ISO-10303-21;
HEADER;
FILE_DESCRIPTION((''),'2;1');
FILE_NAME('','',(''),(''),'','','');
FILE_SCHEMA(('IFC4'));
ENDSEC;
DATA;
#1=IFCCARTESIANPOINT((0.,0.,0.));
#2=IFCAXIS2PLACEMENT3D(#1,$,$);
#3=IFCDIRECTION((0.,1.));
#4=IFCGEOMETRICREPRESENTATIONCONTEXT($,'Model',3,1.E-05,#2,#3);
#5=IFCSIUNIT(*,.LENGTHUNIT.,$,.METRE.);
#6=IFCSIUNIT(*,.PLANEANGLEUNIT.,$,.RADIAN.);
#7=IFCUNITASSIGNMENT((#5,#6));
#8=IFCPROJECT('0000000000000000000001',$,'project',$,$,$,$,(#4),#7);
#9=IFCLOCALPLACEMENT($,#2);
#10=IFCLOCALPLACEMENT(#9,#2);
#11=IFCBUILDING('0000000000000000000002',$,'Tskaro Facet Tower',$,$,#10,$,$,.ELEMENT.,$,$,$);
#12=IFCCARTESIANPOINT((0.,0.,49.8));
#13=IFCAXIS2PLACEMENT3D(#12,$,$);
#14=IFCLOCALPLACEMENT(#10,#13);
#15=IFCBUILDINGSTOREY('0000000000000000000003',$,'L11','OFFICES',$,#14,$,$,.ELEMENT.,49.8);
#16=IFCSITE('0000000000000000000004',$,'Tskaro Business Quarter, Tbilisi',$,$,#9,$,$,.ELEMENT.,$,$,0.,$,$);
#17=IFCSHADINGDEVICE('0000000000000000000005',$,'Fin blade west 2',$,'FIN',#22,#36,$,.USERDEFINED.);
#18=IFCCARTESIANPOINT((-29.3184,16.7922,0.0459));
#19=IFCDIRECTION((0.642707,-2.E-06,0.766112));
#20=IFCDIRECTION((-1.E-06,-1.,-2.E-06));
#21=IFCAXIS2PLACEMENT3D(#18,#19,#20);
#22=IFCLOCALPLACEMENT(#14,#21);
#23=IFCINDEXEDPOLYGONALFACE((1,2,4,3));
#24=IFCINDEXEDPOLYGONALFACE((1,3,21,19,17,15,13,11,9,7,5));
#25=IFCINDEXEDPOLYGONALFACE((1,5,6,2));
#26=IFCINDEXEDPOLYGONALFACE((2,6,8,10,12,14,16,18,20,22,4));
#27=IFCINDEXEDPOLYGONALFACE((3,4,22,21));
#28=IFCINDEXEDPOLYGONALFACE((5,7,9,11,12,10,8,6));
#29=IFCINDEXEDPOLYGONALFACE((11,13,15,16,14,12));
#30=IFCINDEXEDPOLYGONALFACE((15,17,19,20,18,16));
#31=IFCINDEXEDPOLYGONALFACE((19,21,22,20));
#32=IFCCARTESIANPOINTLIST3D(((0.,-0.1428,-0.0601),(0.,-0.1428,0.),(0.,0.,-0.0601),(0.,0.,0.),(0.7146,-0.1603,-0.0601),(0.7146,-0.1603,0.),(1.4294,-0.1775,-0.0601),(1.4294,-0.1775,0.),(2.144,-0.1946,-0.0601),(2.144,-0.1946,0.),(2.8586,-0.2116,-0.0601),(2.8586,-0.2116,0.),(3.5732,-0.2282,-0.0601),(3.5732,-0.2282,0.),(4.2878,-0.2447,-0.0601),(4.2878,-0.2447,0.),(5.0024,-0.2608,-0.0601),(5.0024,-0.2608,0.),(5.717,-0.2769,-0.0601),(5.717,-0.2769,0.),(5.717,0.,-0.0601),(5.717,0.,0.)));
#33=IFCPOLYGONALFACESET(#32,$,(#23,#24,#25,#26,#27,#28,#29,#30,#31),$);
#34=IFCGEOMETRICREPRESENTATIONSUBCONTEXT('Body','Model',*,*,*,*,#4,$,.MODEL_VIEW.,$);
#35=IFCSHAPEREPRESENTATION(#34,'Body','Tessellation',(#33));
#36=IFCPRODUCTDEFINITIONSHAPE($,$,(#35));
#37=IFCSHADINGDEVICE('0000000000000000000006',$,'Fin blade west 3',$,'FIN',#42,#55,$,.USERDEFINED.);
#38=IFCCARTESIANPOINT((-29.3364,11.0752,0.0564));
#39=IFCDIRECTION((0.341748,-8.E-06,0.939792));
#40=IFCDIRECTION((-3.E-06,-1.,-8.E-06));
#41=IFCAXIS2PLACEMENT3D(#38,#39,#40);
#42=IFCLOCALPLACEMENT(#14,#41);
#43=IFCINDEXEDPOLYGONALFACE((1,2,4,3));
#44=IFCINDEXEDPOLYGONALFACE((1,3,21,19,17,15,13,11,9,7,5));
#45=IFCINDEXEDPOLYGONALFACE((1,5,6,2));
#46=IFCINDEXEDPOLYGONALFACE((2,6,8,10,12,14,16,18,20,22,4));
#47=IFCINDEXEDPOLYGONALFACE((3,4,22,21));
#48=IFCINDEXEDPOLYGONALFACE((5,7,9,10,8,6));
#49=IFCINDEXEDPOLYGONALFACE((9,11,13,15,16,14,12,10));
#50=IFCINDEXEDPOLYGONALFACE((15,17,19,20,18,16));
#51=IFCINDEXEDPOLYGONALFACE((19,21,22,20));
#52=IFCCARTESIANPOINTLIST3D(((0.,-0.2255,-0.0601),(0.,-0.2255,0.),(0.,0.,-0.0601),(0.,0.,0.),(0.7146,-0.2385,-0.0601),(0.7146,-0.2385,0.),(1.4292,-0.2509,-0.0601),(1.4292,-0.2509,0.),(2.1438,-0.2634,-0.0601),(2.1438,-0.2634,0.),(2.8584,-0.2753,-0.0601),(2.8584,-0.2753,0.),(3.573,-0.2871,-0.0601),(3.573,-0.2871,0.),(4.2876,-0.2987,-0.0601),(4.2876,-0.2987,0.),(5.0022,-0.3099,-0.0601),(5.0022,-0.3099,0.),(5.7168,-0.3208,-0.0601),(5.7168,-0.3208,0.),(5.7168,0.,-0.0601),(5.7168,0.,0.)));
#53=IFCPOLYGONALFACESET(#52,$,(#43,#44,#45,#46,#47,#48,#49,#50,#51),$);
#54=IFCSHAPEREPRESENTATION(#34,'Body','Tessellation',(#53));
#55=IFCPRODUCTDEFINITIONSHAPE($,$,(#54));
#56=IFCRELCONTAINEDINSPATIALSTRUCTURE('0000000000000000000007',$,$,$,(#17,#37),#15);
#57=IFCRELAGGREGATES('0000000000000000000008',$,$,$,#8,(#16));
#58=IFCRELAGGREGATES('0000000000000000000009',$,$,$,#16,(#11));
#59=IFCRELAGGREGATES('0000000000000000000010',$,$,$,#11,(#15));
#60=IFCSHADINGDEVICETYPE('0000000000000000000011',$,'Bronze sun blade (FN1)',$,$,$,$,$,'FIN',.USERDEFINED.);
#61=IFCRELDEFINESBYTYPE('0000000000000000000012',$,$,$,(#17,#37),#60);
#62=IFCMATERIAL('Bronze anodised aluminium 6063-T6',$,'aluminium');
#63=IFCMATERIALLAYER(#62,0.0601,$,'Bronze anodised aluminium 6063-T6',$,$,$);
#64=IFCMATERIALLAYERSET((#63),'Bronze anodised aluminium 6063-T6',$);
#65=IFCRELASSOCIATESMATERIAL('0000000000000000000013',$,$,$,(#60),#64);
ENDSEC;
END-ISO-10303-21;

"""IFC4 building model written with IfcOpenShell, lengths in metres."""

from ifc_helpers import new_model, si_unit, direction, frame, origin, place, context, subcontext, project, spatial, polyline, outline, extrude, material, layer, layer_set, type_object, element, save


model = new_model("IFC4")

# Units and contexts
model_context = context("Model", 3, precision=1e-05, world=origin(), true_north=direction((0.0, 1.0)))
body_context = subcontext(model_context, "Body", "Model", "MODEL_VIEW")
ifc_project = project(units=[si_unit("LENGTHUNIT", "METRE"), si_unit("PLANEANGLEUNIT", "RADIAN")], contexts=[model_context])

# Site, building, storey
site_placement = place(None, origin())
site = spatial("IfcSite", under=ifc_project, at=site_placement, Name="Tskaro Business Quarter, Tbilisi", CompositionType="ELEMENT", RefElevation=0.0)
building_placement = place(site_placement, origin())
building = spatial("IfcBuilding", under=site, at=building_placement, Name="Tskaro Facet Tower", CompositionType="ELEMENT")
storey_placement = place(building_placement, frame((0.0, 0.0, 49.8)))
storey = spatial("IfcBuildingStorey", under=building, at=storey_placement, Name="L11", Description="OFFICES", CompositionType="ELEMENT", Elevation=49.8)

# Shared definitions
ifc_material_1 = material(Name="Bronze anodised aluminium 6063-T6", Category="aluminium")

# Shading devices
ifc_layer_1 = layer(ifc_material_1, 0.0601, Name="Bronze anodised aluminium 6063-T6")
ifc_layer_set_1 = layer_set([ifc_layer_1], Name="Bronze anodised aluminium 6063-T6")
shading_device_type = type_object("IfcShadingDeviceType", Name="Bronze sun blade (FN1)", ElementType="FIN", PredefinedType="USERDEFINED", material=ifc_layer_set_1)
shading_device_1_placement = place(storey_placement, frame((-29.3184, 16.7922, 0.0459), z_axis=(0.642707, -0.000002, 0.766112), x_axis=(-0.000001, -1.0, -0.000002)))
element("IfcShadingDevice", 1, at=shading_device_1_placement, inside=storey, type_object=shading_device_type, Name="Fin blade west 2", ObjectType="FIN", PredefinedType="USERDEFINED", context=body_context, shape_type="SweptSolid", body=[
    extrude(outline(polyline([(0.0, 0.0), (5.717, 0.0), (5.717, -0.2769), (5.0024, -0.2608), (4.2878, -0.2447), (3.5732, -0.2282), (2.8586, -0.2116), (2.144, -0.1946), (1.4294, -0.1775), (0.7146, -0.1603), (0.0, -0.1428), (0.0, 0.0)])), origin(), (0.0, 0.0, -1.0), 0.0601),
])
shading_device_2_placement = place(storey_placement, frame((-29.3364, 11.0752, 0.0564), z_axis=(0.341748, -0.000008, 0.939792), x_axis=(-0.000003, -1.0, -0.000008)))
element("IfcShadingDevice", 2, at=shading_device_2_placement, inside=storey, type_object=shading_device_type, Name="Fin blade west 3", ObjectType="FIN", PredefinedType="USERDEFINED", context=body_context, shape_type="SweptSolid", body=[
    extrude(outline(polyline([(0.0, 0.0), (5.7168, 0.0), (5.7168, -0.3208), (5.0022, -0.3099), (4.2876, -0.2987), (3.573, -0.2871), (2.8584, -0.2753), (2.1438, -0.2634), (1.4292, -0.2509), (0.7146, -0.2385), (0.0, -0.2255), (0.0, 0.0)])), origin(), (0.0, 0.0, -1.0), 0.0601),
])

save(model, "model.ifc")
